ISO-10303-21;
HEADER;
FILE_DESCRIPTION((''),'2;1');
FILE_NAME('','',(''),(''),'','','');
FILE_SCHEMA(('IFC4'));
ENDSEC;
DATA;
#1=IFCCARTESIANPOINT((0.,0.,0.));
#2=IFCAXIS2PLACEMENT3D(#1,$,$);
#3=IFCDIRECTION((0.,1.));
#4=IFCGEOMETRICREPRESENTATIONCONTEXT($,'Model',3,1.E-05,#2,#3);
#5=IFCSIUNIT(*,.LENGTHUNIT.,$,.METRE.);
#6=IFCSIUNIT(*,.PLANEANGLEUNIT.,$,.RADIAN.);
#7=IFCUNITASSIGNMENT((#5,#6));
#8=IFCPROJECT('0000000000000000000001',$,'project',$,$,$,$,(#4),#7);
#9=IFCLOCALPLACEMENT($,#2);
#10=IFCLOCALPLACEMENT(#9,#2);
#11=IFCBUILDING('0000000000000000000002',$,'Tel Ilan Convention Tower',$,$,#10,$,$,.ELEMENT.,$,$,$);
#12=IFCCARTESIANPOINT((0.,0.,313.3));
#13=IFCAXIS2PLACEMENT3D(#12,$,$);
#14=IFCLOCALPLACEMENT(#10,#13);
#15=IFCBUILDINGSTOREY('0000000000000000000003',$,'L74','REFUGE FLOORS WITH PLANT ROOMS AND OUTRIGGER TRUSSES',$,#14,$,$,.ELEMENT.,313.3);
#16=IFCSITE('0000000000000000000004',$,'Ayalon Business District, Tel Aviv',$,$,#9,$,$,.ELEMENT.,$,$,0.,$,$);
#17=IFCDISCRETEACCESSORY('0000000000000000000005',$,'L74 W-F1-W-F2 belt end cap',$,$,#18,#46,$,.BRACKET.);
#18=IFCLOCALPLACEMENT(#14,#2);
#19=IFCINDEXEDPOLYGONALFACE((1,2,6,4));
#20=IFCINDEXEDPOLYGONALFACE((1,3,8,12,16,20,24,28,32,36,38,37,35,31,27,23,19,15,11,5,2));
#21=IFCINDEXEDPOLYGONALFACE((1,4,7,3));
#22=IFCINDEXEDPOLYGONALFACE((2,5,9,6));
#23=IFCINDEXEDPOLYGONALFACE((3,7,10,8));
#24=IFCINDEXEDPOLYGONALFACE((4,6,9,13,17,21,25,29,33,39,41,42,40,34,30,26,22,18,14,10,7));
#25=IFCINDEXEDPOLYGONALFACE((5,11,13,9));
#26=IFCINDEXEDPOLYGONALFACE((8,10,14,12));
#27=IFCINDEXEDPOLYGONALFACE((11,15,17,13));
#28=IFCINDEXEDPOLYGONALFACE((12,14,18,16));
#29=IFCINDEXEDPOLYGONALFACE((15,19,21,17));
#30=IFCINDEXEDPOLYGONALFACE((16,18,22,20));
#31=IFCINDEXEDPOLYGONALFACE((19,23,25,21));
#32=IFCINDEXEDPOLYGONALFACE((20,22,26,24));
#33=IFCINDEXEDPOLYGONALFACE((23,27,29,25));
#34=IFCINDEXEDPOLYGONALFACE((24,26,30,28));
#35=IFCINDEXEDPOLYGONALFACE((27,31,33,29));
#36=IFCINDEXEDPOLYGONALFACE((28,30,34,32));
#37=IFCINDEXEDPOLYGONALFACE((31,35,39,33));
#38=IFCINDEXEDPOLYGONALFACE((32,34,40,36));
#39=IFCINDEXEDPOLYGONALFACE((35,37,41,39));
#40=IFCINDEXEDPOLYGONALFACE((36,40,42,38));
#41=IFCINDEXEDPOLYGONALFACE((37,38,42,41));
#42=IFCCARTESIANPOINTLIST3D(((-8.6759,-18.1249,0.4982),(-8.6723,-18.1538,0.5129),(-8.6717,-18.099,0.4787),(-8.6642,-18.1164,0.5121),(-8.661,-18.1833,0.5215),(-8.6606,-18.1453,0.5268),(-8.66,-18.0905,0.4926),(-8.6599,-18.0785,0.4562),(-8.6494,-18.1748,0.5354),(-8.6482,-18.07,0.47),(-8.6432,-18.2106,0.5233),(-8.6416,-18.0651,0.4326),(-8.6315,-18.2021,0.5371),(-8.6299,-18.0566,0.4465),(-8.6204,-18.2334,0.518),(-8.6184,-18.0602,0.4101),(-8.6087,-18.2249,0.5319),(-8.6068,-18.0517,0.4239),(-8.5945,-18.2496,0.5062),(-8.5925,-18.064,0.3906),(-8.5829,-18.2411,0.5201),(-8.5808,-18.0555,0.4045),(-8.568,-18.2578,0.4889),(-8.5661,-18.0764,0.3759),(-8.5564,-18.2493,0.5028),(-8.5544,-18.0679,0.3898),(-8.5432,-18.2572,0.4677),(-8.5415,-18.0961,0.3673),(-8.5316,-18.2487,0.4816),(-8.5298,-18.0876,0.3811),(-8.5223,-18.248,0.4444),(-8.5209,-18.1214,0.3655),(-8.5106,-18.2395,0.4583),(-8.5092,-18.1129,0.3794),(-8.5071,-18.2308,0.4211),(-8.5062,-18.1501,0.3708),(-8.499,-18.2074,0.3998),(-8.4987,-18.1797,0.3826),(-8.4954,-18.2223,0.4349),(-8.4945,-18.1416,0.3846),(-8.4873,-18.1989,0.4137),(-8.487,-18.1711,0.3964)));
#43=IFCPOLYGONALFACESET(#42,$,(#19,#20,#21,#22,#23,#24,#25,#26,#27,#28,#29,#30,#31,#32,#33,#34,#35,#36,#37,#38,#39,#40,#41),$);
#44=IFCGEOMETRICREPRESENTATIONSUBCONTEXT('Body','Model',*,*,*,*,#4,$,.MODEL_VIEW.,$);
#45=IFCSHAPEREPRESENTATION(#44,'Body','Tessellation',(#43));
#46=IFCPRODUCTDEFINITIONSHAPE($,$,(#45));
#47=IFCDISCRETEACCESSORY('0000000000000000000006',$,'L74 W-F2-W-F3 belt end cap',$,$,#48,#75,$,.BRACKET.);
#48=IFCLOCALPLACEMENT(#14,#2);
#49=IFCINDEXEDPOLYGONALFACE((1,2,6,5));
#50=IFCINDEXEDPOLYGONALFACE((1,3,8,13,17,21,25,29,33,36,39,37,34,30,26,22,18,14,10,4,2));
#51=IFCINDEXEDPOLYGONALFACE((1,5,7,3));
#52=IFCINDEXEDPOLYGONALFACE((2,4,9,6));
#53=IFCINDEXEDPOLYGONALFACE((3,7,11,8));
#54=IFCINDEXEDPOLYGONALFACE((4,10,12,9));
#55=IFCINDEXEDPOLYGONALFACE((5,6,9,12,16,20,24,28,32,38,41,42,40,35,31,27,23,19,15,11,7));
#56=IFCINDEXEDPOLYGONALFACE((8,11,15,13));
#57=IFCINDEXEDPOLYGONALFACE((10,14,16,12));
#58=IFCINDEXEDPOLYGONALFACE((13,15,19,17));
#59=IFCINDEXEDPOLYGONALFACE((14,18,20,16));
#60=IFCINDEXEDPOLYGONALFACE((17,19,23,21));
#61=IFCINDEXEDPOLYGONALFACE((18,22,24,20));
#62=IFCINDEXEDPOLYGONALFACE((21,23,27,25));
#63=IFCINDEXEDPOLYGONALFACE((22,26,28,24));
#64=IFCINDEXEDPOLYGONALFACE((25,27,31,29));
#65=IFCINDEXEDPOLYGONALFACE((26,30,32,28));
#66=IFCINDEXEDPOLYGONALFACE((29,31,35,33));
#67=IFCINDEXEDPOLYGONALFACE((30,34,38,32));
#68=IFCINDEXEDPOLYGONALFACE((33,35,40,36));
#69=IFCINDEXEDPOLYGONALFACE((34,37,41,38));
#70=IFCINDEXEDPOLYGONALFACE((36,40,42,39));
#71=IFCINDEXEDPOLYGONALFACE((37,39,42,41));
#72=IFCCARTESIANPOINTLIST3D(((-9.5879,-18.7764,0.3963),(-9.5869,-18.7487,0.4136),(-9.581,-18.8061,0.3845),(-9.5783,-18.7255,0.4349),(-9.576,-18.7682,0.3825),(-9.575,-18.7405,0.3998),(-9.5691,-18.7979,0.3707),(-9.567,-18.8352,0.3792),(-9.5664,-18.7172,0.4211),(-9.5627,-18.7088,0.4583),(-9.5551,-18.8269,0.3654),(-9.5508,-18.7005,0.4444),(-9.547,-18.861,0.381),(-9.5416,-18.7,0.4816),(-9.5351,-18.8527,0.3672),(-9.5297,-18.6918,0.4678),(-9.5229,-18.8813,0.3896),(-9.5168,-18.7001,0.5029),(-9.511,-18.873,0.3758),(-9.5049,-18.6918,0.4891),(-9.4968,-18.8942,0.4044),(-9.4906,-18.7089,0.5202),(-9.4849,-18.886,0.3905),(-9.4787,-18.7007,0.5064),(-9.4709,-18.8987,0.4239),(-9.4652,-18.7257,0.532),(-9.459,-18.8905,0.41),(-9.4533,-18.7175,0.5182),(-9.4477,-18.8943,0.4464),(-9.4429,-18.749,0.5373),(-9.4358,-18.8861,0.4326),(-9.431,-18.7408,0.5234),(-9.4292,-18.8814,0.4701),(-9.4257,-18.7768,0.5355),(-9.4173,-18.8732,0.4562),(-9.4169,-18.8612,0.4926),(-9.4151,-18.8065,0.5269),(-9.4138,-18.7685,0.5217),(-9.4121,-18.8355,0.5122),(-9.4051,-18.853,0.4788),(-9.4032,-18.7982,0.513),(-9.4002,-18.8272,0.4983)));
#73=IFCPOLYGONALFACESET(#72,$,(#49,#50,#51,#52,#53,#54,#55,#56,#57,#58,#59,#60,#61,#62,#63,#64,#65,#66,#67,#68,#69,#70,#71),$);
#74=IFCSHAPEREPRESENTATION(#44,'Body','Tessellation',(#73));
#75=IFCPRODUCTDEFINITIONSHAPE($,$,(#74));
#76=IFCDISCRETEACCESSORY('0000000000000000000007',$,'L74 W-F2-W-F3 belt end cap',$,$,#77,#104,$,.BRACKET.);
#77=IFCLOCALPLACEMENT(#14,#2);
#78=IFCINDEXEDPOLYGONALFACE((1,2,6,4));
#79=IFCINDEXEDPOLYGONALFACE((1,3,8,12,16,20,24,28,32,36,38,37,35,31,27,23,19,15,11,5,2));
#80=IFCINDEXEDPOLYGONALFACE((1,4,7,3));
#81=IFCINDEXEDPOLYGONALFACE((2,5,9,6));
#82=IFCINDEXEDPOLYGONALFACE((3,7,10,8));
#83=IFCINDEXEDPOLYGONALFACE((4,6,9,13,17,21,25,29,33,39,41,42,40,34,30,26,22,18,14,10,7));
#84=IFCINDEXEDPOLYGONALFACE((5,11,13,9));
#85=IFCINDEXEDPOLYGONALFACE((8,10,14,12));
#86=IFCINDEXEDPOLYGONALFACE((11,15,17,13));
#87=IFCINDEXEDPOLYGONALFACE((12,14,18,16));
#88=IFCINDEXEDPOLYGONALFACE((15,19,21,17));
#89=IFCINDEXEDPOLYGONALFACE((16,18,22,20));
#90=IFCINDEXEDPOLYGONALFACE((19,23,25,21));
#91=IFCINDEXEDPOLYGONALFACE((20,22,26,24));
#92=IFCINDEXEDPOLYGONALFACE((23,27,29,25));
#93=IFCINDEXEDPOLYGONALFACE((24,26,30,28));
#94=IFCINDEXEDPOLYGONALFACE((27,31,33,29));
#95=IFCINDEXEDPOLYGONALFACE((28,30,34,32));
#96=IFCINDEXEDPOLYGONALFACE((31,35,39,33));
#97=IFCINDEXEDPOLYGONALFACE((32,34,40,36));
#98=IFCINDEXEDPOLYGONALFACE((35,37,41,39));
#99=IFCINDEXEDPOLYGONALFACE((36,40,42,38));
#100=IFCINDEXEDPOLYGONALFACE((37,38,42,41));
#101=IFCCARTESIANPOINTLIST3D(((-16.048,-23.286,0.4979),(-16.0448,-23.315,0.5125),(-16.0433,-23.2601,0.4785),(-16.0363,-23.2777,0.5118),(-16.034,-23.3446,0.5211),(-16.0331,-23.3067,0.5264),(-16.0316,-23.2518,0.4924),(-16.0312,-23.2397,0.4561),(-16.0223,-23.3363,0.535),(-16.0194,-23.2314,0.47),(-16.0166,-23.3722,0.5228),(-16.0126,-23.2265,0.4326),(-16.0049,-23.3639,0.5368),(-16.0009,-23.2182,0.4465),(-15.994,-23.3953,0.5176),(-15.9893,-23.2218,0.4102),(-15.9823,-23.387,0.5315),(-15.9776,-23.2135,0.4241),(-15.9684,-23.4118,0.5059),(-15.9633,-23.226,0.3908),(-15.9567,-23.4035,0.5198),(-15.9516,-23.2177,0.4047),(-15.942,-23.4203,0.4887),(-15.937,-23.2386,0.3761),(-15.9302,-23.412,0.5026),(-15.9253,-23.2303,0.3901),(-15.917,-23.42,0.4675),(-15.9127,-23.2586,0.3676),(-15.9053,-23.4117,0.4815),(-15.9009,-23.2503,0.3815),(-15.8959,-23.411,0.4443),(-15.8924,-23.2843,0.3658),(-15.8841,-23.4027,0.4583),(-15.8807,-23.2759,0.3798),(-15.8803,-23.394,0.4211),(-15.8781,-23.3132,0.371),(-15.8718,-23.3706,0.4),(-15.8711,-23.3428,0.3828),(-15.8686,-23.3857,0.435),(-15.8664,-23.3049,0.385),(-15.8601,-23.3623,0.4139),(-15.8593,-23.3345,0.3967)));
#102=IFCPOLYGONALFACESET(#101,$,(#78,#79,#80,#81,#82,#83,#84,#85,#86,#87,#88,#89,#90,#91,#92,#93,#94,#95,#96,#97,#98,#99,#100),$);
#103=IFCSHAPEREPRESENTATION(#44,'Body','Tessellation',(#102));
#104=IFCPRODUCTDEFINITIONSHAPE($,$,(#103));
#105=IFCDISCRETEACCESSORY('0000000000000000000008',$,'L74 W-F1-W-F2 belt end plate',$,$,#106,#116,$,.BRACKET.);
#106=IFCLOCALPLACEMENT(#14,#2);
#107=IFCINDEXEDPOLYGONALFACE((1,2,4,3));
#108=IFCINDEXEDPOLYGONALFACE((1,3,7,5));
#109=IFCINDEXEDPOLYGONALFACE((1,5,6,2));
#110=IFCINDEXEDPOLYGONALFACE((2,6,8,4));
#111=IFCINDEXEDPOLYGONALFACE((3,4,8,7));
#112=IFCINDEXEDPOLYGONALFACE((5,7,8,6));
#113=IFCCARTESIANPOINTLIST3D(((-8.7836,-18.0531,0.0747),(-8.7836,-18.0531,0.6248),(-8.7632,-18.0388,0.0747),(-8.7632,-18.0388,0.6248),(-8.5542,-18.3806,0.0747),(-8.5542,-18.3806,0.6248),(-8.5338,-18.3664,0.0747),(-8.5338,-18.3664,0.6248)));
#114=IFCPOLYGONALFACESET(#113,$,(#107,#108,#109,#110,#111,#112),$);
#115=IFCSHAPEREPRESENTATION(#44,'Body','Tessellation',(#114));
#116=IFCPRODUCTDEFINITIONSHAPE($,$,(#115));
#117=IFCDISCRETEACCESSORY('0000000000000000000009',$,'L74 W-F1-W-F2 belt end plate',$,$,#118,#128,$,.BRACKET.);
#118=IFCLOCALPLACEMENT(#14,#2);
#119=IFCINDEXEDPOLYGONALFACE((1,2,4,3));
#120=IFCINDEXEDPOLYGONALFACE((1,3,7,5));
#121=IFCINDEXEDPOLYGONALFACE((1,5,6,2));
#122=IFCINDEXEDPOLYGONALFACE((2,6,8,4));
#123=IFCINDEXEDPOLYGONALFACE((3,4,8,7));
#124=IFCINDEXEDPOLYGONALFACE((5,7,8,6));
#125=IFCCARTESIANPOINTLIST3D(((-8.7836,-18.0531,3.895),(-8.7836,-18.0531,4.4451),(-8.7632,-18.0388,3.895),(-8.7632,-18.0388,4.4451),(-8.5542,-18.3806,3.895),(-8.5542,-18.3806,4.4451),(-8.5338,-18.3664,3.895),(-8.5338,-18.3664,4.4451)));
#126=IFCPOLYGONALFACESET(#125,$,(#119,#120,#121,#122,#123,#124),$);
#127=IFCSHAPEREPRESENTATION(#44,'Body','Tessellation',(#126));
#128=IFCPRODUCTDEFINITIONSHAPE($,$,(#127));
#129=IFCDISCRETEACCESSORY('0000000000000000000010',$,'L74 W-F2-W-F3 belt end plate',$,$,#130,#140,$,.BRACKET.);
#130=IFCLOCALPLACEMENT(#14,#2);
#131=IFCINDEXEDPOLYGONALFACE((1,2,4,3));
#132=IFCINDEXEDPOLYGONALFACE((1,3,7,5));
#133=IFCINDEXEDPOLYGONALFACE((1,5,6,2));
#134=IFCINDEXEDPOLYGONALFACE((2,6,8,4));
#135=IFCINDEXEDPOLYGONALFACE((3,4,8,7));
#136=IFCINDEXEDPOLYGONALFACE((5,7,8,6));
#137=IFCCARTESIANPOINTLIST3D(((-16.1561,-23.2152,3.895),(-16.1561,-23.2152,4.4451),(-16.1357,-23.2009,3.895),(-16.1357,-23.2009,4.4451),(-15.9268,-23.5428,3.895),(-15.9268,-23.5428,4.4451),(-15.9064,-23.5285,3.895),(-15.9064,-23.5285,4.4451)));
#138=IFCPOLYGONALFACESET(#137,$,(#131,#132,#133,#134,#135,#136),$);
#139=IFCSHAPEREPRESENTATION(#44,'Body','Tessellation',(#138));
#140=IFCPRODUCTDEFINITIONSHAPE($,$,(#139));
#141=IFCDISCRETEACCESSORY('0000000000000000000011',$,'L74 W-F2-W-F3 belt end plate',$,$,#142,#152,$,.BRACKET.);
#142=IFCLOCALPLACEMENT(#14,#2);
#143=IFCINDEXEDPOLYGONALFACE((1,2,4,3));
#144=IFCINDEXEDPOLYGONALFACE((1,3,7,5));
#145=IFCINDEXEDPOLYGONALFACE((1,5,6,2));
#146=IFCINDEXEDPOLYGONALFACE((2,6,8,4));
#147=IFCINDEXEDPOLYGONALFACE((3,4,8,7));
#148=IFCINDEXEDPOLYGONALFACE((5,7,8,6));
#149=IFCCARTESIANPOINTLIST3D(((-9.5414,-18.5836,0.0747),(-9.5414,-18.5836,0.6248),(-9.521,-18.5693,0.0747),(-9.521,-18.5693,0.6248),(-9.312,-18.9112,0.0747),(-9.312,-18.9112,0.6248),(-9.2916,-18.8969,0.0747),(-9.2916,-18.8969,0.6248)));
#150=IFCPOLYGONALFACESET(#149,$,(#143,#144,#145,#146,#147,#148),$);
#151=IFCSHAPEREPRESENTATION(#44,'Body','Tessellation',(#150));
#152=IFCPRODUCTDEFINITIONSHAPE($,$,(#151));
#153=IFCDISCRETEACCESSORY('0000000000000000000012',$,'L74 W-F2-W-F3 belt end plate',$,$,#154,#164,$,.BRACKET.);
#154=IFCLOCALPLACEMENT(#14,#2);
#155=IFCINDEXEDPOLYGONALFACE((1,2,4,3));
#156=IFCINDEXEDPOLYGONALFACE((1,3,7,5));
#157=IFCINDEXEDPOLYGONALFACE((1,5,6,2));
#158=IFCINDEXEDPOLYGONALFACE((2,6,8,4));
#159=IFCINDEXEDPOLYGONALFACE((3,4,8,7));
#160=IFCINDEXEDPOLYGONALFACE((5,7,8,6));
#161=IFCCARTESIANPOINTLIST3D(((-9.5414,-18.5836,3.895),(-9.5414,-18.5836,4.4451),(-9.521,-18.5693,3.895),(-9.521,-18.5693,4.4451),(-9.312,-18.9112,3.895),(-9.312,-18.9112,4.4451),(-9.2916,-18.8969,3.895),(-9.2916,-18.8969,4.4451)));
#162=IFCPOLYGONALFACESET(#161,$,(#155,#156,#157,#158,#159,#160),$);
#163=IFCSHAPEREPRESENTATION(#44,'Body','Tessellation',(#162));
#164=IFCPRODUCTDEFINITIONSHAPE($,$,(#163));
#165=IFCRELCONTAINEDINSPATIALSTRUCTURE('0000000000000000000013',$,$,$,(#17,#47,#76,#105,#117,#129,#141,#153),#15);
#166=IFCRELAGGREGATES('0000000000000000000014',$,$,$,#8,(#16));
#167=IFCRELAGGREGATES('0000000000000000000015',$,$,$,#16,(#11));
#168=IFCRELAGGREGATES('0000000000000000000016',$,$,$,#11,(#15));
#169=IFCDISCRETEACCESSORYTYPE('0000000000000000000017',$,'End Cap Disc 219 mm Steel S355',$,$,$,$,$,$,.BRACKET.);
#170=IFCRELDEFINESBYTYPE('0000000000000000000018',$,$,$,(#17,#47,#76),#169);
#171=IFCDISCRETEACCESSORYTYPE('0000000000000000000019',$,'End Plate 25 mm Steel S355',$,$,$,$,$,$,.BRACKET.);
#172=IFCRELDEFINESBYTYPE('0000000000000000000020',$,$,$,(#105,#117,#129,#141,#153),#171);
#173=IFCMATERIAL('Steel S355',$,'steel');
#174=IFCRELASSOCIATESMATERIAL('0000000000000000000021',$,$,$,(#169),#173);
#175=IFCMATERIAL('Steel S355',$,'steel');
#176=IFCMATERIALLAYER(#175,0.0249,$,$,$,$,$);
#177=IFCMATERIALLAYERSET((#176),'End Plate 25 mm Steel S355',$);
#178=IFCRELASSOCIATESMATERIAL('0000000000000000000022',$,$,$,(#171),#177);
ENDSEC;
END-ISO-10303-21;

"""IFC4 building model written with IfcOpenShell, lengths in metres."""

from ifc_helpers import new_model, si_unit, direction, frame, origin, origin_2d, place, context, subcontext, project, spatial, rectangle, circle, extrude, material, layer, layer_set, material_profile, profile_set, type_object, element, save


model = new_model("IFC4")

# Units and contexts
model_context = context("Model", 3, precision=1e-05, world=origin(), true_north=direction((0.0, 1.0)))
body_context = subcontext(model_context, "Body", "Model", "MODEL_VIEW")
ifc_project = project(units=[si_unit("LENGTHUNIT", "METRE"), si_unit("PLANEANGLEUNIT", "RADIAN")], contexts=[model_context])

# Site, building, storey
site_placement = place(None, origin())
site = spatial("IfcSite", under=ifc_project, at=site_placement, Name="Ayalon Business District, Tel Aviv", CompositionType="ELEMENT", RefElevation=0.0)
building_placement = place(site_placement, origin())
building = spatial("IfcBuilding", under=site, at=building_placement, Name="Tel Ilan Convention Tower", CompositionType="ELEMENT")
storey_placement = place(building_placement, frame((0.0, 0.0, 313.3)))
storey = spatial("IfcBuildingStorey", under=building, at=storey_placement, Name="L74", Description="REFUGE FLOORS WITH PLANT ROOMS AND OUTRIGGER TRUSSES", CompositionType="ELEMENT", Elevation=313.3)

# Discrete accessories
ifc_material_1 = material(Name="Steel S355", Category="steel")
ifc_material_profile_1 = material_profile(ifc_material_1, circle(Radius=0.1096, at=origin_2d()), Name="End Cap Disc 219 mm Steel S355")
ifc_profile_set_1 = profile_set([ifc_material_profile_1], Name="Steel S355")
discrete_accessory_type_1 = type_object("IfcDiscreteAccessoryType", Name="End Cap Disc 219 mm Steel S355", PredefinedType="BRACKET", material=ifc_profile_set_1)
for number, where, z_axis, x_axis, name in (
    (1, (-8.5752, -18.1509, 0.4583), (-0.583029, -0.425126, -0.692347), (0.589172, -0.808008, 0.0), "L74 W-F1-W-F2 belt end cap"),
    (2, (-9.5002, -18.7988, 0.4583), (0.59395, 0.412129, -0.690922), (-0.570082, 0.821588, 0.0), "L74 W-F2-W-F3 belt end cap"),
    (3, (-15.9475, -23.3132, 0.4583), (-0.58602, -0.415097, -0.695899), (0.578017, -0.816024, 0.0), "L74 W-F2-W-F3 belt end cap"),
):
    element("IfcDiscreteAccessory", number, at=place(storey_placement, frame(where, z_axis=z_axis, x_axis=x_axis)), inside=storey, type_object=discrete_accessory_type_1, Name=name, PredefinedType="BRACKET", context=body_context, shape_type="SweptSolid", body=[
        extrude(circle(Radius=0.1096, at=origin_2d()), origin(), (0.0, 0.0, 1.0), 0.02),
    ])
ifc_material_2 = material(Name="Steel S355", Category="steel")
ifc_layer_1 = layer(ifc_material_2, 0.0249)
ifc_layer_set_1 = layer_set([ifc_layer_1], Name="End Plate 25 mm Steel S355")
discrete_accessory_type_2 = type_object("IfcDiscreteAccessoryType", Name="End Plate 25 mm Steel S355", PredefinedType="BRACKET", material=ifc_layer_set_1)
for number, where, z_axis, x_axis, name in (
    (4, (-8.6587, -18.2097, 0.0747), (0.0, 0.0, 1.0), (-0.819152, -0.573576, 0.0), "L74 W-F1-W-F2 belt end plate"),
    (5, (-8.6587, -18.2097, 3.895), (0.0, 0.0, 1.0), (-0.819152, -0.573576, 0.0), "L74 W-F1-W-F2 belt end plate"),
    (6, (-16.0312, -23.3718, 3.895), (0.0, 0.0, 1.0), (-0.819152, -0.573576, 0.0), "L74 W-F2-W-F3 belt end plate"),
    (7, (-9.4165, -18.7402, 0.0747), (0.0, 0.0, 1.0), (0.819152, 0.573576, 0.0), "L74 W-F2-W-F3 belt end plate"),
    (8, (-9.4165, -18.7402, 3.895), (0.0, 0.0, 1.0), (0.819152, 0.573576, 0.0), "L74 W-F2-W-F3 belt end plate"),
):
    element("IfcDiscreteAccessory", number, at=place(storey_placement, frame(where, z_axis=z_axis, x_axis=x_axis)), inside=storey, type_object=discrete_accessory_type_2, Name=name, PredefinedType="BRACKET", context=body_context, shape_type="SweptSolid", body=[
        extrude(rectangle(XDim=0.0249, YDim=0.3999, at=origin_2d()), origin(), (0.0, 0.0, 1.0), 0.55),
    ])

save(model, "model.ifc")
